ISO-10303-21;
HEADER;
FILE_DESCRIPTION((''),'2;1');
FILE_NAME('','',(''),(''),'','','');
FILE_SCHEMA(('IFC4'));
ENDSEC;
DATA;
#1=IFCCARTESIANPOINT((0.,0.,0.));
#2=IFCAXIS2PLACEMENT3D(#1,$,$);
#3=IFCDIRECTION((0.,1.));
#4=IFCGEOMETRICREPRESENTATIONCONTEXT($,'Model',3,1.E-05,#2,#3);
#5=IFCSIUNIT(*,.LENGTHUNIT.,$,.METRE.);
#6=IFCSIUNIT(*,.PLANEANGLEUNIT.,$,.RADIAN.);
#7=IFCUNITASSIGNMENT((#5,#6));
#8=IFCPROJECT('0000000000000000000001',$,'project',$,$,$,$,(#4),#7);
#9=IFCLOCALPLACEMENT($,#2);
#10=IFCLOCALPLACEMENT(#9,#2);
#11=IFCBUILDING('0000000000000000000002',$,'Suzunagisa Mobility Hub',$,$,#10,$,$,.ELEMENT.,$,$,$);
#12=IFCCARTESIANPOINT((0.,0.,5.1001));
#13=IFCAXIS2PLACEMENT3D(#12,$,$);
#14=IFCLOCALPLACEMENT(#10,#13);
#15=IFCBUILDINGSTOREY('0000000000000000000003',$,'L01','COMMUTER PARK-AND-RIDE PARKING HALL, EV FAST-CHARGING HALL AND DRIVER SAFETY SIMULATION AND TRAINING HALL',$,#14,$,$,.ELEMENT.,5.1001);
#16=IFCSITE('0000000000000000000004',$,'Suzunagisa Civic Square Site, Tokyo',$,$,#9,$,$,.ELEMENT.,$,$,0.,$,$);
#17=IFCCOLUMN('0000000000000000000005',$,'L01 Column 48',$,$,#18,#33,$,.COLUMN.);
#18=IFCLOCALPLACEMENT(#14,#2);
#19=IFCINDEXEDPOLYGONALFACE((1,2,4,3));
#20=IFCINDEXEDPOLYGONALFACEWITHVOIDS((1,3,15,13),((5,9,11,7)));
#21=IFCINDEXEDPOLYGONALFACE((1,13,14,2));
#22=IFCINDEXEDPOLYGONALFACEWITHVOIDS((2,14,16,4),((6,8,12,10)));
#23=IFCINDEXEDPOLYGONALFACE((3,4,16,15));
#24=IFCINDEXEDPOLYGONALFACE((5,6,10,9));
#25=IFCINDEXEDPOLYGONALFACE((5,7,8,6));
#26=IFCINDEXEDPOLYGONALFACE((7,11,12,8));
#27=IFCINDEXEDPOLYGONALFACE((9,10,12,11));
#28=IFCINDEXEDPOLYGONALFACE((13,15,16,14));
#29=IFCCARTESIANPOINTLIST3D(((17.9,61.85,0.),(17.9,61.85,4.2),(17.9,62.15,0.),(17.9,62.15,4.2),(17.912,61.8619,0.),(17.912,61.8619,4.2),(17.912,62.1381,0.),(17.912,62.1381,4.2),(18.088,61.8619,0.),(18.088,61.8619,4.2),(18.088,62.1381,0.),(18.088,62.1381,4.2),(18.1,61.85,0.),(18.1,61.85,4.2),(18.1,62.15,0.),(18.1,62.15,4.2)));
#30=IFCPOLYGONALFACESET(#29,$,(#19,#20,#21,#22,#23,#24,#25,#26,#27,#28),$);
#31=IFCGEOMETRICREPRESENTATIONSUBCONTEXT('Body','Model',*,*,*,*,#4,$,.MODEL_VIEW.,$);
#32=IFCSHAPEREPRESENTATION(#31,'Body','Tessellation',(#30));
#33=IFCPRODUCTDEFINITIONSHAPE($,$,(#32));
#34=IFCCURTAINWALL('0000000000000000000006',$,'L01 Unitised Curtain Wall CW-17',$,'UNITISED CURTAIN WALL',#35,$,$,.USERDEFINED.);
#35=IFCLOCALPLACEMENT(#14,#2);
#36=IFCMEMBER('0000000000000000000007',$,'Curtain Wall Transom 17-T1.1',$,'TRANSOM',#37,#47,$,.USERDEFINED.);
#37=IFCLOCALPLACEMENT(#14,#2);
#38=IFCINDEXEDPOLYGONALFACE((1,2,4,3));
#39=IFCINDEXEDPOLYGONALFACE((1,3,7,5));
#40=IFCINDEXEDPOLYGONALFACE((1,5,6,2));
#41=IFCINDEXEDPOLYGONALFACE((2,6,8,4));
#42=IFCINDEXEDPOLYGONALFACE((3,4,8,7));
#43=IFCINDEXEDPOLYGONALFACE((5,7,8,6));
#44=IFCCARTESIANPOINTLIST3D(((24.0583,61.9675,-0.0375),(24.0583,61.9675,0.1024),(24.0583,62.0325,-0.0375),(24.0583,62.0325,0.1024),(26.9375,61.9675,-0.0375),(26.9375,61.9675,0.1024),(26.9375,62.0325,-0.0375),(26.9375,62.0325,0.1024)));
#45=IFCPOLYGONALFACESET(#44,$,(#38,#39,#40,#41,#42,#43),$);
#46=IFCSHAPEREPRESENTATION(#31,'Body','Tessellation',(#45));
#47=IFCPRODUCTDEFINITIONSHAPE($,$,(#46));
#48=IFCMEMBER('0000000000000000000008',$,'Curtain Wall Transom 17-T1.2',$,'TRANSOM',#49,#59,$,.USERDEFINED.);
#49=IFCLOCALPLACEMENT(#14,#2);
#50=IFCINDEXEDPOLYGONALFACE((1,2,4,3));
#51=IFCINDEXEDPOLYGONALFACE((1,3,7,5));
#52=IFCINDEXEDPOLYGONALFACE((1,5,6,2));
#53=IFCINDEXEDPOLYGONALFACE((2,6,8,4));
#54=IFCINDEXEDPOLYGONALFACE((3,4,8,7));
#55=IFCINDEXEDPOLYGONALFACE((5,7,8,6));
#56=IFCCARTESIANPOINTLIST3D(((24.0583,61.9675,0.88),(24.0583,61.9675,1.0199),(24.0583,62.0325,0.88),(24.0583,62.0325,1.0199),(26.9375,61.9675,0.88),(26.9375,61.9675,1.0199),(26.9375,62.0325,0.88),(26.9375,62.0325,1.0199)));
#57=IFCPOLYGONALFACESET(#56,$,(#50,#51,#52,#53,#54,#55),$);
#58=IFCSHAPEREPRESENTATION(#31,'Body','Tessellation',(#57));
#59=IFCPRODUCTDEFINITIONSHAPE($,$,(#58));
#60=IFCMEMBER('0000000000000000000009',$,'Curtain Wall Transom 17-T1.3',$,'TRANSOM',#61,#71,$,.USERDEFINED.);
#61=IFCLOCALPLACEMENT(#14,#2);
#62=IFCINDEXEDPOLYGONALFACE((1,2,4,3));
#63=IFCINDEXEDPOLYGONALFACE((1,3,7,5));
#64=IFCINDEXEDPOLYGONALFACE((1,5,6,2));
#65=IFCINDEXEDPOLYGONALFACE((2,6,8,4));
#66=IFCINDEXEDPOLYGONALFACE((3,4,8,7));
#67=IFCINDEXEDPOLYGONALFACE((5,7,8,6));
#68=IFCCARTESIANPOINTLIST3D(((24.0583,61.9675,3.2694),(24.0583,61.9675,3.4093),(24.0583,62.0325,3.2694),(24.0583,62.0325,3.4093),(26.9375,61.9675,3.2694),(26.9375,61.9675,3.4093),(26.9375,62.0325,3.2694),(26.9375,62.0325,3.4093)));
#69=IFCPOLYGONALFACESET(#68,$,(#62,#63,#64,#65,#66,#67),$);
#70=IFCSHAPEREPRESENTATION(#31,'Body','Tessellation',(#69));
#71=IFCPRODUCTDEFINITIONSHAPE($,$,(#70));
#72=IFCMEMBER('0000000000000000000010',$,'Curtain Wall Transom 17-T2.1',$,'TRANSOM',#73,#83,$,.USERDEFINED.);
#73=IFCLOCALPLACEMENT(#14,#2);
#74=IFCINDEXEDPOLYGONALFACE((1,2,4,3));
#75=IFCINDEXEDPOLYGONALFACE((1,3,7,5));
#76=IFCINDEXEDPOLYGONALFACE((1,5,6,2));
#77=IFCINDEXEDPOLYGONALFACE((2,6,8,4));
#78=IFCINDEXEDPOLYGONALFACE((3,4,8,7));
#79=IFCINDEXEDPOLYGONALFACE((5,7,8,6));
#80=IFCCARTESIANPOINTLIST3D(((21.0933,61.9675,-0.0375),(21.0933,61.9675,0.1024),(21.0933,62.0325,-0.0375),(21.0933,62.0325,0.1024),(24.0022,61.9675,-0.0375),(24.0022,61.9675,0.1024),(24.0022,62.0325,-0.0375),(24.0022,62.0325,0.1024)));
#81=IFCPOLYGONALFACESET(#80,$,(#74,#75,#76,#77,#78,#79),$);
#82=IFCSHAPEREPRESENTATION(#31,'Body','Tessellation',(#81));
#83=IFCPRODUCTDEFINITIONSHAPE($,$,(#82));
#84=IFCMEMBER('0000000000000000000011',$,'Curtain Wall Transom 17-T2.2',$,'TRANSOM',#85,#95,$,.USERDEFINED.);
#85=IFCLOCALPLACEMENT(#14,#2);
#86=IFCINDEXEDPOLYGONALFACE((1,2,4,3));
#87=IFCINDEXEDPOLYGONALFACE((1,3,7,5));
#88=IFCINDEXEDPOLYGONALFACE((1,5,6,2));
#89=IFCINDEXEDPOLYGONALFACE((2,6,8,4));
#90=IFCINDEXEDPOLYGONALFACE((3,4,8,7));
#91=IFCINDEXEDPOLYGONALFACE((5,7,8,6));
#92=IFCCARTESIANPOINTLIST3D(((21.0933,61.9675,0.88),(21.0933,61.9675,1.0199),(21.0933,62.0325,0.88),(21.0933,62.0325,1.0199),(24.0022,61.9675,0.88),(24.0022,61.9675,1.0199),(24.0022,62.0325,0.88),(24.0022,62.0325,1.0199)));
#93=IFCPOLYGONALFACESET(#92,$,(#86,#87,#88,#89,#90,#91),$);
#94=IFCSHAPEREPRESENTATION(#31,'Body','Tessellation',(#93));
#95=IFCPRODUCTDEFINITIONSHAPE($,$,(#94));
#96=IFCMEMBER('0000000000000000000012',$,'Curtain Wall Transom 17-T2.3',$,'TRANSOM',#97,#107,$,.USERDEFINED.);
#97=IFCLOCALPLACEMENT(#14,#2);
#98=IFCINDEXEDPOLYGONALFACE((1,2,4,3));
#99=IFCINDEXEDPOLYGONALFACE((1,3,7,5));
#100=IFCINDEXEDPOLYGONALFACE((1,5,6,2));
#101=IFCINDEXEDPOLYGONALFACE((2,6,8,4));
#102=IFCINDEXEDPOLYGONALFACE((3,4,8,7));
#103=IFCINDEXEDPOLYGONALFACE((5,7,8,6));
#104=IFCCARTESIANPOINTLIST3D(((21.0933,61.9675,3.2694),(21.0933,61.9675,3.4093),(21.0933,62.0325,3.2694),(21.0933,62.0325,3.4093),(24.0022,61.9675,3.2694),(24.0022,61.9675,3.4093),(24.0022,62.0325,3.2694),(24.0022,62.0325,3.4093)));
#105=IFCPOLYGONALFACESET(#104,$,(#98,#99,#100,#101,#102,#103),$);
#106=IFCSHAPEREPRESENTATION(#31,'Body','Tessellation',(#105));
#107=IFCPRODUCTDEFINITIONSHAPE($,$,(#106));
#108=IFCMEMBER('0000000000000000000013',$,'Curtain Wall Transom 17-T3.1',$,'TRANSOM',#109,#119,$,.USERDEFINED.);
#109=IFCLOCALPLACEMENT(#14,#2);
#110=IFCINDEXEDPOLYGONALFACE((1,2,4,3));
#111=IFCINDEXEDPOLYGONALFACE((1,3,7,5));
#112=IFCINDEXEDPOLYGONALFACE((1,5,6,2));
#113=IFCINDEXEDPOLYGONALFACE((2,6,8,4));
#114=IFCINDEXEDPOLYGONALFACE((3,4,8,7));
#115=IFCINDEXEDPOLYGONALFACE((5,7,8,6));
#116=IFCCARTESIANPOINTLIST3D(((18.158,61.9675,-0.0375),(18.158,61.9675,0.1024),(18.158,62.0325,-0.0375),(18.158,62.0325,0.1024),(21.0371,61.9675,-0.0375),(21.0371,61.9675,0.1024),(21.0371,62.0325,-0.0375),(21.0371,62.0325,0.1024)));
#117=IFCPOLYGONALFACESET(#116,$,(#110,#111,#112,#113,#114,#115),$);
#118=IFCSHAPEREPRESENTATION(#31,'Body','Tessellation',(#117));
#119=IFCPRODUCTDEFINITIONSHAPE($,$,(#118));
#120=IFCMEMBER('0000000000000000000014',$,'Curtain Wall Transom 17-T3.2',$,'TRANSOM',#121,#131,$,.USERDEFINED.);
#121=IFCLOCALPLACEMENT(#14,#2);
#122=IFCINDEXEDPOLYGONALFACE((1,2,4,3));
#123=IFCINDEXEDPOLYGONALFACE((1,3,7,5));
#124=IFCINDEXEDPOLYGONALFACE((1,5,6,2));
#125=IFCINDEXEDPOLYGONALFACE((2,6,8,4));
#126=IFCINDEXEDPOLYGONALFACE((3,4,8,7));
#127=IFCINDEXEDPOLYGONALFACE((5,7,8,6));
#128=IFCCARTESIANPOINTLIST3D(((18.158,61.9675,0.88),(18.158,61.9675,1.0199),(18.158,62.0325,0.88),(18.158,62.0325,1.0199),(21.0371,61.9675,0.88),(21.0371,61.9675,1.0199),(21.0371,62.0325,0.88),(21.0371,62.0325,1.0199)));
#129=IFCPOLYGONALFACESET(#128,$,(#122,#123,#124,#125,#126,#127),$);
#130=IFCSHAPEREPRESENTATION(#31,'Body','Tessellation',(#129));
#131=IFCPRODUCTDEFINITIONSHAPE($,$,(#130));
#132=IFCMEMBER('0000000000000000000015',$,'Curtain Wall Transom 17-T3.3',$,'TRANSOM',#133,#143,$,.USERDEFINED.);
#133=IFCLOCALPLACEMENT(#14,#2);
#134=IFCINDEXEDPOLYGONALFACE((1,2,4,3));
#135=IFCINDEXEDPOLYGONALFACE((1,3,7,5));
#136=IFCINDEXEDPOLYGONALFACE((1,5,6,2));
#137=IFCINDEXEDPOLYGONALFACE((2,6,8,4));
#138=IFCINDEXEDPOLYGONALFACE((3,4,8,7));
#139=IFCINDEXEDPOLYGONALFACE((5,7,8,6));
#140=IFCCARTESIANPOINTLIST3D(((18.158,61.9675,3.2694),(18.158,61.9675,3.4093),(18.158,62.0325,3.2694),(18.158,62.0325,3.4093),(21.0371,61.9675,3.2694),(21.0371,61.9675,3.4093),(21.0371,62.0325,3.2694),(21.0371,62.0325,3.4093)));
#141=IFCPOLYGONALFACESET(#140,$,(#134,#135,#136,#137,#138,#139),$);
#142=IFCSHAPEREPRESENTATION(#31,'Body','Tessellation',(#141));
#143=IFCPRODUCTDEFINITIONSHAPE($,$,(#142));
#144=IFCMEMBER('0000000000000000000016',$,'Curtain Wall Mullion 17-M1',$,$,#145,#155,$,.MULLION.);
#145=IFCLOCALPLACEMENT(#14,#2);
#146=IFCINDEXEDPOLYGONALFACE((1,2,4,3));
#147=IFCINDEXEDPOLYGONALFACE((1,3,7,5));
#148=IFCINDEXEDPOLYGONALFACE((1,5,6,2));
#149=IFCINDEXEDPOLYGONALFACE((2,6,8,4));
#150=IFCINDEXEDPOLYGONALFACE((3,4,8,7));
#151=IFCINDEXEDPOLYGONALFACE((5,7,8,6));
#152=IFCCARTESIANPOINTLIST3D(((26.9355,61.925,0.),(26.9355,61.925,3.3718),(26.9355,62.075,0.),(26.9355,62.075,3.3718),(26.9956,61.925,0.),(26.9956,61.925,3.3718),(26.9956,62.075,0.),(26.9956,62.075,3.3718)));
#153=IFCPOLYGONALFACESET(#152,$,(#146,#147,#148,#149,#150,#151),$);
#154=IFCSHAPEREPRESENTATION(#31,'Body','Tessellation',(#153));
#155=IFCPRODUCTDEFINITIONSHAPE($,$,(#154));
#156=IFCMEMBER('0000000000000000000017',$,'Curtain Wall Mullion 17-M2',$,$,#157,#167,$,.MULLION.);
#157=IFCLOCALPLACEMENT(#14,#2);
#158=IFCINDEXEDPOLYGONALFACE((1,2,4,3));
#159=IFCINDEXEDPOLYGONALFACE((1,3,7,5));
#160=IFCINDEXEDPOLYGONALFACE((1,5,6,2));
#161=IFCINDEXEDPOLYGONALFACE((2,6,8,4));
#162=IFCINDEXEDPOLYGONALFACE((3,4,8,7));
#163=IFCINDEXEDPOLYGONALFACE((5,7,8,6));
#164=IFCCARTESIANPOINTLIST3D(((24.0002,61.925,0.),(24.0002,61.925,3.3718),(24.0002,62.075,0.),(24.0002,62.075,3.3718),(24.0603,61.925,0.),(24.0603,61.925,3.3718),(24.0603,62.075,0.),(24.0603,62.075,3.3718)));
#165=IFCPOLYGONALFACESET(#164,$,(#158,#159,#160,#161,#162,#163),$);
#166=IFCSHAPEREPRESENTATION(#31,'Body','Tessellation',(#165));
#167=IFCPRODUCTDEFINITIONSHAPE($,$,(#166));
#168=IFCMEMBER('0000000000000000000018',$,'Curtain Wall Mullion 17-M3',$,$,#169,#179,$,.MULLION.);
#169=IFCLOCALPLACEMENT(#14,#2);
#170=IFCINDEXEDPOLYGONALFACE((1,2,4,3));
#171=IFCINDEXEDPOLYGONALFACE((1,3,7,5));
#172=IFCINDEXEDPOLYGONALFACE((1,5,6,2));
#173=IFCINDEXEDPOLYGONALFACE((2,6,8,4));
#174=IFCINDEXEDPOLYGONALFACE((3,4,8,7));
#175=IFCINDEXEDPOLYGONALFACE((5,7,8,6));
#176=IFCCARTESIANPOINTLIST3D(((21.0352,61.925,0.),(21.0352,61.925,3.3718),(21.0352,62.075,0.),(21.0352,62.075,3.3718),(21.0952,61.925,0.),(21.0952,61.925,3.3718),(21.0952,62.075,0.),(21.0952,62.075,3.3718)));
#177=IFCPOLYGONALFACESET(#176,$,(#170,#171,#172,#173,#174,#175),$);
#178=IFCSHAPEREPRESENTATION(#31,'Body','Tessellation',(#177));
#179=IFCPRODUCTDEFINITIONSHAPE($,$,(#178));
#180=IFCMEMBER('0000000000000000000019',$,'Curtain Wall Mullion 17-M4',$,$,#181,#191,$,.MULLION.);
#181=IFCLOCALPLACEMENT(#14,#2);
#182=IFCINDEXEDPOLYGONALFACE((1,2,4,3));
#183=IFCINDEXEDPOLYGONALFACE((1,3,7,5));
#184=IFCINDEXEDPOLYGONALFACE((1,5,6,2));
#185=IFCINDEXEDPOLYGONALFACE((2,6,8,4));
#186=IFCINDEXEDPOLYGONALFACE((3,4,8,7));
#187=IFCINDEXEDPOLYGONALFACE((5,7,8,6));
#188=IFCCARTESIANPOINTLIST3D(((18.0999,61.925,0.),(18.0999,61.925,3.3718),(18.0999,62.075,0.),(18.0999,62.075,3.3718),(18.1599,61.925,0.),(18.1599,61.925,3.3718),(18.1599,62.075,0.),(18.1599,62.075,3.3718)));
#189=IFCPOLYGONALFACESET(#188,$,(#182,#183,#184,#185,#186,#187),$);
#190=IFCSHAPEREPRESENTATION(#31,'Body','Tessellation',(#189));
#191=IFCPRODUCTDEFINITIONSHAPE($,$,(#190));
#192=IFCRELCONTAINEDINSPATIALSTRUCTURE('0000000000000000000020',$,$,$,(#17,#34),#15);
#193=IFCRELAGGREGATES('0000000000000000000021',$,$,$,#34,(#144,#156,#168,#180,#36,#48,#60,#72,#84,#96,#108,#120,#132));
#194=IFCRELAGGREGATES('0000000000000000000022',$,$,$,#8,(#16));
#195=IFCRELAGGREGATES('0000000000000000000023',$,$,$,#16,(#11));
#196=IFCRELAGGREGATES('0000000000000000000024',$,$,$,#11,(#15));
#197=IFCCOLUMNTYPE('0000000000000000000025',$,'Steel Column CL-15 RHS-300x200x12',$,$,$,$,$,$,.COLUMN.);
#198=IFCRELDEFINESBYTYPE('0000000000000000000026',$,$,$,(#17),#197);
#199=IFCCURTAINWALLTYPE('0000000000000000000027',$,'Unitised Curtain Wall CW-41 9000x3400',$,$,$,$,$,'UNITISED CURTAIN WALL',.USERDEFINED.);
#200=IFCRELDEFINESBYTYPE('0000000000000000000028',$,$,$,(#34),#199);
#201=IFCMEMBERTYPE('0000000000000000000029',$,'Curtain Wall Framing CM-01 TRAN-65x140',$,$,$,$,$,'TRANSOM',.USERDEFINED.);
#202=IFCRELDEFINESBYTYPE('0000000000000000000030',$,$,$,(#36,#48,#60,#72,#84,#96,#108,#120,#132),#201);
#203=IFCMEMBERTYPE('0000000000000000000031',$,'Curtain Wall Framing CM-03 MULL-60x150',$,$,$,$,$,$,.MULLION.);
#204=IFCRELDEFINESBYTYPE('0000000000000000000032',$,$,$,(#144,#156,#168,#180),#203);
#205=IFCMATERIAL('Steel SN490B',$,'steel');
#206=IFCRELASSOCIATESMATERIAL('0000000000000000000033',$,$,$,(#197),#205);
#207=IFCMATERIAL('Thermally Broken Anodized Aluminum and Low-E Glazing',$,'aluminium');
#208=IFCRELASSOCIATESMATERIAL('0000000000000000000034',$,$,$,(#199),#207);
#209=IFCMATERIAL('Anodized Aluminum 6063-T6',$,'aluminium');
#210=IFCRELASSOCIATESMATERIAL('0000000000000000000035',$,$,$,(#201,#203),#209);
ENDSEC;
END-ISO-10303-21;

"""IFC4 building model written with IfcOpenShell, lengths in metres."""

from ifc_helpers import new_model, si_unit, direction, frame, origin, origin_2d, place, context, subcontext, project, spatial, rectangle, hollow_rectangle, extrude, material, material_profile, profile_set, type_object, element, aggregate, save


model = new_model("IFC4")

# Units and contexts
model_context = context("Model", 3, precision=1e-05, world=origin(), true_north=direction((0.0, 1.0)))
body_context = subcontext(model_context, "Body", "Model", "MODEL_VIEW")
ifc_project = project(units=[si_unit("LENGTHUNIT", "METRE"), si_unit("PLANEANGLEUNIT", "RADIAN")], contexts=[model_context])

# Site, building, storey
site_placement = place(None, origin())
site = spatial("IfcSite", under=ifc_project, at=site_placement, Name="Suzunagisa Civic Square Site, Tokyo", CompositionType="ELEMENT", RefElevation=0.0)
building_placement = place(site_placement, origin())
building = spatial("IfcBuilding", under=site, at=building_placement, Name="Suzunagisa Mobility Hub", CompositionType="ELEMENT")
storey_placement = place(building_placement, frame((0.0, 0.0, 5.1001)))
storey = spatial("IfcBuildingStorey", under=building, at=storey_placement, Name="L01", Description="COMMUTER PARK-AND-RIDE PARKING HALL, EV FAST-CHARGING HALL AND DRIVER SAFETY SIMULATION AND TRAINING HALL", CompositionType="ELEMENT", Elevation=5.1001)

# Column
ifc_material_1 = material(Name="Steel SN490B", Category="steel")
ifc_material_profile_1 = material_profile(ifc_material_1, hollow_rectangle(XDim=0.2, YDim=0.3, WallThickness=0.012, at=origin_2d()), Name="RHS-300x200x12")
ifc_profile_set_1 = profile_set([ifc_material_profile_1], Name="Steel SN490B")
column_type = type_object("IfcColumnType", Name="Steel Column CL-15 RHS-300x200x12", PredefinedType="COLUMN", material=ifc_profile_set_1)
column_placement = place(storey_placement, frame((18.0, 62.0, 0.0), z_axis=(0.0, 0.0, 1.0), x_axis=(1.0, 0.0, 0.0)))
element("IfcColumn", 1, at=column_placement, inside=storey, type_object=column_type, Name="L01 Column 48", PredefinedType="COLUMN", context=body_context, shape_type="SweptSolid", body=[
    extrude(hollow_rectangle(XDim=0.2, YDim=0.3, WallThickness=0.012, at=origin_2d()), origin(), (0.0, 0.0, 1.0), 4.2),
])

# Curtain wall, members
ifc_material_2 = material(Name="Thermally Broken Anodized Aluminum and Low-E Glazing", Category="aluminium")
curtain_wall_type = type_object("IfcCurtainWallType", Name="Unitised Curtain Wall CW-41 9000x3400", ElementType="UNITISED CURTAIN WALL", PredefinedType="USERDEFINED", material=ifc_material_2)
curtain_wall_placement = place(storey_placement, origin())
curtain_wall = element("IfcCurtainWall", 2, at=curtain_wall_placement, inside=storey, type_object=curtain_wall_type, Name="L01 Unitised Curtain Wall CW-17", ObjectType="UNITISED CURTAIN WALL", PredefinedType="USERDEFINED")
ifc_material_3 = material(Name="Anodized Aluminum 6063-T6", Category="aluminium")
ifc_material_profile_2 = material_profile(ifc_material_3, rectangle(XDim=0.0649, YDim=0.1399, at=origin_2d()), Name="TRAN-65x140")
ifc_profile_set_2 = profile_set([ifc_material_profile_2], Name="Anodized Aluminum 6063-T6")
member_type_1 = type_object("IfcMemberType", Name="Curtain Wall Framing CM-01 TRAN-65x140", ElementType="TRANSOM", PredefinedType="USERDEFINED", material=ifc_profile_set_2)
member_1_placement = place(storey_placement, frame((26.9375, 62.0, 0.0325), z_axis=(-1.0, 0.0, 0.0), x_axis=(0.0, -1.0, 0.0)))
member_1 = element("IfcMember", 3, at=member_1_placement, type_object=member_type_1, Name="Curtain Wall Transom 17-T1.1", ObjectType="TRANSOM", PredefinedType="USERDEFINED", context=body_context, shape_type="SweptSolid", body=[
    extrude(rectangle(XDim=0.0649, YDim=0.1399, at=origin_2d()), origin(), (0.0, 0.0, 1.0), 2.8792),
])
member_2_placement = place(storey_placement, frame((26.9375, 62.0, 0.95), z_axis=(-1.0, 0.0, 0.0), x_axis=(0.0, -1.0, 0.0)))
member_2 = element("IfcMember", 4, at=member_2_placement, type_object=member_type_1, Name="Curtain Wall Transom 17-T1.2", ObjectType="TRANSOM", PredefinedType="USERDEFINED", context=body_context, shape_type="SweptSolid", body=[
    extrude(rectangle(XDim=0.0649, YDim=0.1399, at=origin_2d()), origin(), (0.0, 0.0, 1.0), 2.8792),
])
member_3_placement = place(storey_placement, frame((26.9375, 62.0, 3.3394), z_axis=(-1.0, 0.0, 0.0), x_axis=(0.0, -1.0, 0.0)))
member_3 = element("IfcMember", 5, at=member_3_placement, type_object=member_type_1, Name="Curtain Wall Transom 17-T1.3", ObjectType="TRANSOM", PredefinedType="USERDEFINED", context=body_context, shape_type="SweptSolid", body=[
    extrude(rectangle(XDim=0.0649, YDim=0.1399, at=origin_2d()), origin(), (0.0, 0.0, 1.0), 2.8792),
])
member_4_placement = place(storey_placement, frame((24.0022, 62.0, 0.0325), z_axis=(-1.0, 0.0, 0.0), x_axis=(0.0, -1.0, 0.0)))
member_4 = element("IfcMember", 6, at=member_4_placement, type_object=member_type_1, Name="Curtain Wall Transom 17-T2.1", ObjectType="TRANSOM", PredefinedType="USERDEFINED", context=body_context, shape_type="SweptSolid", body=[
    extrude(rectangle(XDim=0.0649, YDim=0.1399, at=origin_2d()), origin(), (0.0, 0.0, 1.0), 2.9089),
])
member_5_placement = place(storey_placement, frame((24.0022, 62.0, 0.95), z_axis=(-1.0, 0.0, 0.0), x_axis=(0.0, -1.0, 0.0)))
member_5 = element("IfcMember", 7, at=member_5_placement, type_object=member_type_1, Name="Curtain Wall Transom 17-T2.2", ObjectType="TRANSOM", PredefinedType="USERDEFINED", context=body_context, shape_type="SweptSolid", body=[
    extrude(rectangle(XDim=0.0649, YDim=0.1399, at=origin_2d()), origin(), (0.0, 0.0, 1.0), 2.9089),
])
member_6_placement = place(storey_placement, frame((24.0022, 62.0, 3.3394), z_axis=(-1.0, 0.0, 0.0), x_axis=(0.0, -1.0, 0.0)))
member_6 = element("IfcMember", 8, at=member_6_placement, type_object=member_type_1, Name="Curtain Wall Transom 17-T2.3", ObjectType="TRANSOM", PredefinedType="USERDEFINED", context=body_context, shape_type="SweptSolid", body=[
    extrude(rectangle(XDim=0.0649, YDim=0.1399, at=origin_2d()), origin(), (0.0, 0.0, 1.0), 2.9089),
])
member_7_placement = place(storey_placement, frame((21.0371, 62.0, 0.0325), z_axis=(-1.0, 0.0, 0.0), x_axis=(0.0, -1.0, 0.0)))
member_7 = element("IfcMember", 9, at=member_7_placement, type_object=member_type_1, Name="Curtain Wall Transom 17-T3.1", ObjectType="TRANSOM", PredefinedType="USERDEFINED", context=body_context, shape_type="SweptSolid", body=[
    extrude(rectangle(XDim=0.0649, YDim=0.1399, at=origin_2d()), origin(), (0.0, 0.0, 1.0), 2.8792),
])
member_8_placement = place(storey_placement, frame((21.0371, 62.0, 0.95), z_axis=(-1.0, 0.0, 0.0), x_axis=(0.0, -1.0, 0.0)))
member_8 = element("IfcMember", 10, at=member_8_placement, type_object=member_type_1, Name="Curtain Wall Transom 17-T3.2", ObjectType="TRANSOM", PredefinedType="USERDEFINED", context=body_context, shape_type="SweptSolid", body=[
    extrude(rectangle(XDim=0.0649, YDim=0.1399, at=origin_2d()), origin(), (0.0, 0.0, 1.0), 2.8792),
])
member_9_placement = place(storey_placement, frame((21.0371, 62.0, 3.3394), z_axis=(-1.0, 0.0, 0.0), x_axis=(0.0, -1.0, 0.0)))
member_9 = element("IfcMember", 11, at=member_9_placement, type_object=member_type_1, Name="Curtain Wall Transom 17-T3.3", ObjectType="TRANSOM", PredefinedType="USERDEFINED", context=body_context, shape_type="SweptSolid", body=[
    extrude(rectangle(XDim=0.0649, YDim=0.1399, at=origin_2d()), origin(), (0.0, 0.0, 1.0), 2.8792),
])
ifc_material_profile_3 = material_profile(ifc_material_3, rectangle(XDim=0.0601, YDim=0.1499, at=origin_2d()), Name="MULL-60x150")
ifc_profile_set_3 = profile_set([ifc_material_profile_3], Name="Anodized Aluminum 6063-T6")
member_type_2 = type_object("IfcMemberType", Name="Curtain Wall Framing CM-03 MULL-60x150", PredefinedType="MULLION", material=ifc_profile_set_3)
member_10_placement = place(storey_placement, frame((26.9656, 62.0, 0.0), z_axis=(0.0, 0.0, 1.0), x_axis=(-1.0, 0.0, 0.0)))
member_10 = element("IfcMember", 12, at=member_10_placement, type_object=member_type_2, Name="Curtain Wall Mullion 17-M1", PredefinedType="MULLION", context=body_context, shape_type="SweptSolid", body=[
    extrude(rectangle(XDim=0.0601, YDim=0.1499, at=origin_2d()), origin(), (0.0, 0.0, 1.0), 3.3718),
])
member_11_placement = place(storey_placement, frame((24.0303, 62.0, 0.0), z_axis=(0.0, 0.0, 1.0), x_axis=(-1.0, 0.0, 0.0)))
member_11 = element("IfcMember", 13, at=member_11_placement, type_object=member_type_2, Name="Curtain Wall Mullion 17-M2", PredefinedType="MULLION", context=body_context, shape_type="SweptSolid", body=[
    extrude(rectangle(XDim=0.0601, YDim=0.1499, at=origin_2d()), origin(), (0.0, 0.0, 1.0), 3.3718),
])
member_12_placement = place(storey_placement, frame((21.0652, 62.0, 0.0), z_axis=(0.0, 0.0, 1.0), x_axis=(-1.0, 0.0, 0.0)))
member_12 = element("IfcMember", 14, at=member_12_placement, type_object=member_type_2, Name="Curtain Wall Mullion 17-M3", PredefinedType="MULLION", context=body_context, shape_type="SweptSolid", body=[
    extrude(rectangle(XDim=0.0601, YDim=0.1499, at=origin_2d()), origin(), (0.0, 0.0, 1.0), 3.3718),
])
member_13_placement = place(storey_placement, frame((18.1299, 62.0, 0.0), z_axis=(0.0, 0.0, 1.0), x_axis=(-1.0, 0.0, 0.0)))
member_13 = element("IfcMember", 15, at=member_13_placement, type_object=member_type_2, Name="Curtain Wall Mullion 17-M4", PredefinedType="MULLION", context=body_context, shape_type="SweptSolid", body=[
    extrude(rectangle(XDim=0.0601, YDim=0.1499, at=origin_2d()), origin(), (0.0, 0.0, 1.0), 3.3718),
])

aggregate(curtain_wall, [member_10, member_11, member_12, member_13, member_1, member_2, member_3, member_4, member_5, member_6, member_7, member_8, member_9])

save(model, "model.ifc")
